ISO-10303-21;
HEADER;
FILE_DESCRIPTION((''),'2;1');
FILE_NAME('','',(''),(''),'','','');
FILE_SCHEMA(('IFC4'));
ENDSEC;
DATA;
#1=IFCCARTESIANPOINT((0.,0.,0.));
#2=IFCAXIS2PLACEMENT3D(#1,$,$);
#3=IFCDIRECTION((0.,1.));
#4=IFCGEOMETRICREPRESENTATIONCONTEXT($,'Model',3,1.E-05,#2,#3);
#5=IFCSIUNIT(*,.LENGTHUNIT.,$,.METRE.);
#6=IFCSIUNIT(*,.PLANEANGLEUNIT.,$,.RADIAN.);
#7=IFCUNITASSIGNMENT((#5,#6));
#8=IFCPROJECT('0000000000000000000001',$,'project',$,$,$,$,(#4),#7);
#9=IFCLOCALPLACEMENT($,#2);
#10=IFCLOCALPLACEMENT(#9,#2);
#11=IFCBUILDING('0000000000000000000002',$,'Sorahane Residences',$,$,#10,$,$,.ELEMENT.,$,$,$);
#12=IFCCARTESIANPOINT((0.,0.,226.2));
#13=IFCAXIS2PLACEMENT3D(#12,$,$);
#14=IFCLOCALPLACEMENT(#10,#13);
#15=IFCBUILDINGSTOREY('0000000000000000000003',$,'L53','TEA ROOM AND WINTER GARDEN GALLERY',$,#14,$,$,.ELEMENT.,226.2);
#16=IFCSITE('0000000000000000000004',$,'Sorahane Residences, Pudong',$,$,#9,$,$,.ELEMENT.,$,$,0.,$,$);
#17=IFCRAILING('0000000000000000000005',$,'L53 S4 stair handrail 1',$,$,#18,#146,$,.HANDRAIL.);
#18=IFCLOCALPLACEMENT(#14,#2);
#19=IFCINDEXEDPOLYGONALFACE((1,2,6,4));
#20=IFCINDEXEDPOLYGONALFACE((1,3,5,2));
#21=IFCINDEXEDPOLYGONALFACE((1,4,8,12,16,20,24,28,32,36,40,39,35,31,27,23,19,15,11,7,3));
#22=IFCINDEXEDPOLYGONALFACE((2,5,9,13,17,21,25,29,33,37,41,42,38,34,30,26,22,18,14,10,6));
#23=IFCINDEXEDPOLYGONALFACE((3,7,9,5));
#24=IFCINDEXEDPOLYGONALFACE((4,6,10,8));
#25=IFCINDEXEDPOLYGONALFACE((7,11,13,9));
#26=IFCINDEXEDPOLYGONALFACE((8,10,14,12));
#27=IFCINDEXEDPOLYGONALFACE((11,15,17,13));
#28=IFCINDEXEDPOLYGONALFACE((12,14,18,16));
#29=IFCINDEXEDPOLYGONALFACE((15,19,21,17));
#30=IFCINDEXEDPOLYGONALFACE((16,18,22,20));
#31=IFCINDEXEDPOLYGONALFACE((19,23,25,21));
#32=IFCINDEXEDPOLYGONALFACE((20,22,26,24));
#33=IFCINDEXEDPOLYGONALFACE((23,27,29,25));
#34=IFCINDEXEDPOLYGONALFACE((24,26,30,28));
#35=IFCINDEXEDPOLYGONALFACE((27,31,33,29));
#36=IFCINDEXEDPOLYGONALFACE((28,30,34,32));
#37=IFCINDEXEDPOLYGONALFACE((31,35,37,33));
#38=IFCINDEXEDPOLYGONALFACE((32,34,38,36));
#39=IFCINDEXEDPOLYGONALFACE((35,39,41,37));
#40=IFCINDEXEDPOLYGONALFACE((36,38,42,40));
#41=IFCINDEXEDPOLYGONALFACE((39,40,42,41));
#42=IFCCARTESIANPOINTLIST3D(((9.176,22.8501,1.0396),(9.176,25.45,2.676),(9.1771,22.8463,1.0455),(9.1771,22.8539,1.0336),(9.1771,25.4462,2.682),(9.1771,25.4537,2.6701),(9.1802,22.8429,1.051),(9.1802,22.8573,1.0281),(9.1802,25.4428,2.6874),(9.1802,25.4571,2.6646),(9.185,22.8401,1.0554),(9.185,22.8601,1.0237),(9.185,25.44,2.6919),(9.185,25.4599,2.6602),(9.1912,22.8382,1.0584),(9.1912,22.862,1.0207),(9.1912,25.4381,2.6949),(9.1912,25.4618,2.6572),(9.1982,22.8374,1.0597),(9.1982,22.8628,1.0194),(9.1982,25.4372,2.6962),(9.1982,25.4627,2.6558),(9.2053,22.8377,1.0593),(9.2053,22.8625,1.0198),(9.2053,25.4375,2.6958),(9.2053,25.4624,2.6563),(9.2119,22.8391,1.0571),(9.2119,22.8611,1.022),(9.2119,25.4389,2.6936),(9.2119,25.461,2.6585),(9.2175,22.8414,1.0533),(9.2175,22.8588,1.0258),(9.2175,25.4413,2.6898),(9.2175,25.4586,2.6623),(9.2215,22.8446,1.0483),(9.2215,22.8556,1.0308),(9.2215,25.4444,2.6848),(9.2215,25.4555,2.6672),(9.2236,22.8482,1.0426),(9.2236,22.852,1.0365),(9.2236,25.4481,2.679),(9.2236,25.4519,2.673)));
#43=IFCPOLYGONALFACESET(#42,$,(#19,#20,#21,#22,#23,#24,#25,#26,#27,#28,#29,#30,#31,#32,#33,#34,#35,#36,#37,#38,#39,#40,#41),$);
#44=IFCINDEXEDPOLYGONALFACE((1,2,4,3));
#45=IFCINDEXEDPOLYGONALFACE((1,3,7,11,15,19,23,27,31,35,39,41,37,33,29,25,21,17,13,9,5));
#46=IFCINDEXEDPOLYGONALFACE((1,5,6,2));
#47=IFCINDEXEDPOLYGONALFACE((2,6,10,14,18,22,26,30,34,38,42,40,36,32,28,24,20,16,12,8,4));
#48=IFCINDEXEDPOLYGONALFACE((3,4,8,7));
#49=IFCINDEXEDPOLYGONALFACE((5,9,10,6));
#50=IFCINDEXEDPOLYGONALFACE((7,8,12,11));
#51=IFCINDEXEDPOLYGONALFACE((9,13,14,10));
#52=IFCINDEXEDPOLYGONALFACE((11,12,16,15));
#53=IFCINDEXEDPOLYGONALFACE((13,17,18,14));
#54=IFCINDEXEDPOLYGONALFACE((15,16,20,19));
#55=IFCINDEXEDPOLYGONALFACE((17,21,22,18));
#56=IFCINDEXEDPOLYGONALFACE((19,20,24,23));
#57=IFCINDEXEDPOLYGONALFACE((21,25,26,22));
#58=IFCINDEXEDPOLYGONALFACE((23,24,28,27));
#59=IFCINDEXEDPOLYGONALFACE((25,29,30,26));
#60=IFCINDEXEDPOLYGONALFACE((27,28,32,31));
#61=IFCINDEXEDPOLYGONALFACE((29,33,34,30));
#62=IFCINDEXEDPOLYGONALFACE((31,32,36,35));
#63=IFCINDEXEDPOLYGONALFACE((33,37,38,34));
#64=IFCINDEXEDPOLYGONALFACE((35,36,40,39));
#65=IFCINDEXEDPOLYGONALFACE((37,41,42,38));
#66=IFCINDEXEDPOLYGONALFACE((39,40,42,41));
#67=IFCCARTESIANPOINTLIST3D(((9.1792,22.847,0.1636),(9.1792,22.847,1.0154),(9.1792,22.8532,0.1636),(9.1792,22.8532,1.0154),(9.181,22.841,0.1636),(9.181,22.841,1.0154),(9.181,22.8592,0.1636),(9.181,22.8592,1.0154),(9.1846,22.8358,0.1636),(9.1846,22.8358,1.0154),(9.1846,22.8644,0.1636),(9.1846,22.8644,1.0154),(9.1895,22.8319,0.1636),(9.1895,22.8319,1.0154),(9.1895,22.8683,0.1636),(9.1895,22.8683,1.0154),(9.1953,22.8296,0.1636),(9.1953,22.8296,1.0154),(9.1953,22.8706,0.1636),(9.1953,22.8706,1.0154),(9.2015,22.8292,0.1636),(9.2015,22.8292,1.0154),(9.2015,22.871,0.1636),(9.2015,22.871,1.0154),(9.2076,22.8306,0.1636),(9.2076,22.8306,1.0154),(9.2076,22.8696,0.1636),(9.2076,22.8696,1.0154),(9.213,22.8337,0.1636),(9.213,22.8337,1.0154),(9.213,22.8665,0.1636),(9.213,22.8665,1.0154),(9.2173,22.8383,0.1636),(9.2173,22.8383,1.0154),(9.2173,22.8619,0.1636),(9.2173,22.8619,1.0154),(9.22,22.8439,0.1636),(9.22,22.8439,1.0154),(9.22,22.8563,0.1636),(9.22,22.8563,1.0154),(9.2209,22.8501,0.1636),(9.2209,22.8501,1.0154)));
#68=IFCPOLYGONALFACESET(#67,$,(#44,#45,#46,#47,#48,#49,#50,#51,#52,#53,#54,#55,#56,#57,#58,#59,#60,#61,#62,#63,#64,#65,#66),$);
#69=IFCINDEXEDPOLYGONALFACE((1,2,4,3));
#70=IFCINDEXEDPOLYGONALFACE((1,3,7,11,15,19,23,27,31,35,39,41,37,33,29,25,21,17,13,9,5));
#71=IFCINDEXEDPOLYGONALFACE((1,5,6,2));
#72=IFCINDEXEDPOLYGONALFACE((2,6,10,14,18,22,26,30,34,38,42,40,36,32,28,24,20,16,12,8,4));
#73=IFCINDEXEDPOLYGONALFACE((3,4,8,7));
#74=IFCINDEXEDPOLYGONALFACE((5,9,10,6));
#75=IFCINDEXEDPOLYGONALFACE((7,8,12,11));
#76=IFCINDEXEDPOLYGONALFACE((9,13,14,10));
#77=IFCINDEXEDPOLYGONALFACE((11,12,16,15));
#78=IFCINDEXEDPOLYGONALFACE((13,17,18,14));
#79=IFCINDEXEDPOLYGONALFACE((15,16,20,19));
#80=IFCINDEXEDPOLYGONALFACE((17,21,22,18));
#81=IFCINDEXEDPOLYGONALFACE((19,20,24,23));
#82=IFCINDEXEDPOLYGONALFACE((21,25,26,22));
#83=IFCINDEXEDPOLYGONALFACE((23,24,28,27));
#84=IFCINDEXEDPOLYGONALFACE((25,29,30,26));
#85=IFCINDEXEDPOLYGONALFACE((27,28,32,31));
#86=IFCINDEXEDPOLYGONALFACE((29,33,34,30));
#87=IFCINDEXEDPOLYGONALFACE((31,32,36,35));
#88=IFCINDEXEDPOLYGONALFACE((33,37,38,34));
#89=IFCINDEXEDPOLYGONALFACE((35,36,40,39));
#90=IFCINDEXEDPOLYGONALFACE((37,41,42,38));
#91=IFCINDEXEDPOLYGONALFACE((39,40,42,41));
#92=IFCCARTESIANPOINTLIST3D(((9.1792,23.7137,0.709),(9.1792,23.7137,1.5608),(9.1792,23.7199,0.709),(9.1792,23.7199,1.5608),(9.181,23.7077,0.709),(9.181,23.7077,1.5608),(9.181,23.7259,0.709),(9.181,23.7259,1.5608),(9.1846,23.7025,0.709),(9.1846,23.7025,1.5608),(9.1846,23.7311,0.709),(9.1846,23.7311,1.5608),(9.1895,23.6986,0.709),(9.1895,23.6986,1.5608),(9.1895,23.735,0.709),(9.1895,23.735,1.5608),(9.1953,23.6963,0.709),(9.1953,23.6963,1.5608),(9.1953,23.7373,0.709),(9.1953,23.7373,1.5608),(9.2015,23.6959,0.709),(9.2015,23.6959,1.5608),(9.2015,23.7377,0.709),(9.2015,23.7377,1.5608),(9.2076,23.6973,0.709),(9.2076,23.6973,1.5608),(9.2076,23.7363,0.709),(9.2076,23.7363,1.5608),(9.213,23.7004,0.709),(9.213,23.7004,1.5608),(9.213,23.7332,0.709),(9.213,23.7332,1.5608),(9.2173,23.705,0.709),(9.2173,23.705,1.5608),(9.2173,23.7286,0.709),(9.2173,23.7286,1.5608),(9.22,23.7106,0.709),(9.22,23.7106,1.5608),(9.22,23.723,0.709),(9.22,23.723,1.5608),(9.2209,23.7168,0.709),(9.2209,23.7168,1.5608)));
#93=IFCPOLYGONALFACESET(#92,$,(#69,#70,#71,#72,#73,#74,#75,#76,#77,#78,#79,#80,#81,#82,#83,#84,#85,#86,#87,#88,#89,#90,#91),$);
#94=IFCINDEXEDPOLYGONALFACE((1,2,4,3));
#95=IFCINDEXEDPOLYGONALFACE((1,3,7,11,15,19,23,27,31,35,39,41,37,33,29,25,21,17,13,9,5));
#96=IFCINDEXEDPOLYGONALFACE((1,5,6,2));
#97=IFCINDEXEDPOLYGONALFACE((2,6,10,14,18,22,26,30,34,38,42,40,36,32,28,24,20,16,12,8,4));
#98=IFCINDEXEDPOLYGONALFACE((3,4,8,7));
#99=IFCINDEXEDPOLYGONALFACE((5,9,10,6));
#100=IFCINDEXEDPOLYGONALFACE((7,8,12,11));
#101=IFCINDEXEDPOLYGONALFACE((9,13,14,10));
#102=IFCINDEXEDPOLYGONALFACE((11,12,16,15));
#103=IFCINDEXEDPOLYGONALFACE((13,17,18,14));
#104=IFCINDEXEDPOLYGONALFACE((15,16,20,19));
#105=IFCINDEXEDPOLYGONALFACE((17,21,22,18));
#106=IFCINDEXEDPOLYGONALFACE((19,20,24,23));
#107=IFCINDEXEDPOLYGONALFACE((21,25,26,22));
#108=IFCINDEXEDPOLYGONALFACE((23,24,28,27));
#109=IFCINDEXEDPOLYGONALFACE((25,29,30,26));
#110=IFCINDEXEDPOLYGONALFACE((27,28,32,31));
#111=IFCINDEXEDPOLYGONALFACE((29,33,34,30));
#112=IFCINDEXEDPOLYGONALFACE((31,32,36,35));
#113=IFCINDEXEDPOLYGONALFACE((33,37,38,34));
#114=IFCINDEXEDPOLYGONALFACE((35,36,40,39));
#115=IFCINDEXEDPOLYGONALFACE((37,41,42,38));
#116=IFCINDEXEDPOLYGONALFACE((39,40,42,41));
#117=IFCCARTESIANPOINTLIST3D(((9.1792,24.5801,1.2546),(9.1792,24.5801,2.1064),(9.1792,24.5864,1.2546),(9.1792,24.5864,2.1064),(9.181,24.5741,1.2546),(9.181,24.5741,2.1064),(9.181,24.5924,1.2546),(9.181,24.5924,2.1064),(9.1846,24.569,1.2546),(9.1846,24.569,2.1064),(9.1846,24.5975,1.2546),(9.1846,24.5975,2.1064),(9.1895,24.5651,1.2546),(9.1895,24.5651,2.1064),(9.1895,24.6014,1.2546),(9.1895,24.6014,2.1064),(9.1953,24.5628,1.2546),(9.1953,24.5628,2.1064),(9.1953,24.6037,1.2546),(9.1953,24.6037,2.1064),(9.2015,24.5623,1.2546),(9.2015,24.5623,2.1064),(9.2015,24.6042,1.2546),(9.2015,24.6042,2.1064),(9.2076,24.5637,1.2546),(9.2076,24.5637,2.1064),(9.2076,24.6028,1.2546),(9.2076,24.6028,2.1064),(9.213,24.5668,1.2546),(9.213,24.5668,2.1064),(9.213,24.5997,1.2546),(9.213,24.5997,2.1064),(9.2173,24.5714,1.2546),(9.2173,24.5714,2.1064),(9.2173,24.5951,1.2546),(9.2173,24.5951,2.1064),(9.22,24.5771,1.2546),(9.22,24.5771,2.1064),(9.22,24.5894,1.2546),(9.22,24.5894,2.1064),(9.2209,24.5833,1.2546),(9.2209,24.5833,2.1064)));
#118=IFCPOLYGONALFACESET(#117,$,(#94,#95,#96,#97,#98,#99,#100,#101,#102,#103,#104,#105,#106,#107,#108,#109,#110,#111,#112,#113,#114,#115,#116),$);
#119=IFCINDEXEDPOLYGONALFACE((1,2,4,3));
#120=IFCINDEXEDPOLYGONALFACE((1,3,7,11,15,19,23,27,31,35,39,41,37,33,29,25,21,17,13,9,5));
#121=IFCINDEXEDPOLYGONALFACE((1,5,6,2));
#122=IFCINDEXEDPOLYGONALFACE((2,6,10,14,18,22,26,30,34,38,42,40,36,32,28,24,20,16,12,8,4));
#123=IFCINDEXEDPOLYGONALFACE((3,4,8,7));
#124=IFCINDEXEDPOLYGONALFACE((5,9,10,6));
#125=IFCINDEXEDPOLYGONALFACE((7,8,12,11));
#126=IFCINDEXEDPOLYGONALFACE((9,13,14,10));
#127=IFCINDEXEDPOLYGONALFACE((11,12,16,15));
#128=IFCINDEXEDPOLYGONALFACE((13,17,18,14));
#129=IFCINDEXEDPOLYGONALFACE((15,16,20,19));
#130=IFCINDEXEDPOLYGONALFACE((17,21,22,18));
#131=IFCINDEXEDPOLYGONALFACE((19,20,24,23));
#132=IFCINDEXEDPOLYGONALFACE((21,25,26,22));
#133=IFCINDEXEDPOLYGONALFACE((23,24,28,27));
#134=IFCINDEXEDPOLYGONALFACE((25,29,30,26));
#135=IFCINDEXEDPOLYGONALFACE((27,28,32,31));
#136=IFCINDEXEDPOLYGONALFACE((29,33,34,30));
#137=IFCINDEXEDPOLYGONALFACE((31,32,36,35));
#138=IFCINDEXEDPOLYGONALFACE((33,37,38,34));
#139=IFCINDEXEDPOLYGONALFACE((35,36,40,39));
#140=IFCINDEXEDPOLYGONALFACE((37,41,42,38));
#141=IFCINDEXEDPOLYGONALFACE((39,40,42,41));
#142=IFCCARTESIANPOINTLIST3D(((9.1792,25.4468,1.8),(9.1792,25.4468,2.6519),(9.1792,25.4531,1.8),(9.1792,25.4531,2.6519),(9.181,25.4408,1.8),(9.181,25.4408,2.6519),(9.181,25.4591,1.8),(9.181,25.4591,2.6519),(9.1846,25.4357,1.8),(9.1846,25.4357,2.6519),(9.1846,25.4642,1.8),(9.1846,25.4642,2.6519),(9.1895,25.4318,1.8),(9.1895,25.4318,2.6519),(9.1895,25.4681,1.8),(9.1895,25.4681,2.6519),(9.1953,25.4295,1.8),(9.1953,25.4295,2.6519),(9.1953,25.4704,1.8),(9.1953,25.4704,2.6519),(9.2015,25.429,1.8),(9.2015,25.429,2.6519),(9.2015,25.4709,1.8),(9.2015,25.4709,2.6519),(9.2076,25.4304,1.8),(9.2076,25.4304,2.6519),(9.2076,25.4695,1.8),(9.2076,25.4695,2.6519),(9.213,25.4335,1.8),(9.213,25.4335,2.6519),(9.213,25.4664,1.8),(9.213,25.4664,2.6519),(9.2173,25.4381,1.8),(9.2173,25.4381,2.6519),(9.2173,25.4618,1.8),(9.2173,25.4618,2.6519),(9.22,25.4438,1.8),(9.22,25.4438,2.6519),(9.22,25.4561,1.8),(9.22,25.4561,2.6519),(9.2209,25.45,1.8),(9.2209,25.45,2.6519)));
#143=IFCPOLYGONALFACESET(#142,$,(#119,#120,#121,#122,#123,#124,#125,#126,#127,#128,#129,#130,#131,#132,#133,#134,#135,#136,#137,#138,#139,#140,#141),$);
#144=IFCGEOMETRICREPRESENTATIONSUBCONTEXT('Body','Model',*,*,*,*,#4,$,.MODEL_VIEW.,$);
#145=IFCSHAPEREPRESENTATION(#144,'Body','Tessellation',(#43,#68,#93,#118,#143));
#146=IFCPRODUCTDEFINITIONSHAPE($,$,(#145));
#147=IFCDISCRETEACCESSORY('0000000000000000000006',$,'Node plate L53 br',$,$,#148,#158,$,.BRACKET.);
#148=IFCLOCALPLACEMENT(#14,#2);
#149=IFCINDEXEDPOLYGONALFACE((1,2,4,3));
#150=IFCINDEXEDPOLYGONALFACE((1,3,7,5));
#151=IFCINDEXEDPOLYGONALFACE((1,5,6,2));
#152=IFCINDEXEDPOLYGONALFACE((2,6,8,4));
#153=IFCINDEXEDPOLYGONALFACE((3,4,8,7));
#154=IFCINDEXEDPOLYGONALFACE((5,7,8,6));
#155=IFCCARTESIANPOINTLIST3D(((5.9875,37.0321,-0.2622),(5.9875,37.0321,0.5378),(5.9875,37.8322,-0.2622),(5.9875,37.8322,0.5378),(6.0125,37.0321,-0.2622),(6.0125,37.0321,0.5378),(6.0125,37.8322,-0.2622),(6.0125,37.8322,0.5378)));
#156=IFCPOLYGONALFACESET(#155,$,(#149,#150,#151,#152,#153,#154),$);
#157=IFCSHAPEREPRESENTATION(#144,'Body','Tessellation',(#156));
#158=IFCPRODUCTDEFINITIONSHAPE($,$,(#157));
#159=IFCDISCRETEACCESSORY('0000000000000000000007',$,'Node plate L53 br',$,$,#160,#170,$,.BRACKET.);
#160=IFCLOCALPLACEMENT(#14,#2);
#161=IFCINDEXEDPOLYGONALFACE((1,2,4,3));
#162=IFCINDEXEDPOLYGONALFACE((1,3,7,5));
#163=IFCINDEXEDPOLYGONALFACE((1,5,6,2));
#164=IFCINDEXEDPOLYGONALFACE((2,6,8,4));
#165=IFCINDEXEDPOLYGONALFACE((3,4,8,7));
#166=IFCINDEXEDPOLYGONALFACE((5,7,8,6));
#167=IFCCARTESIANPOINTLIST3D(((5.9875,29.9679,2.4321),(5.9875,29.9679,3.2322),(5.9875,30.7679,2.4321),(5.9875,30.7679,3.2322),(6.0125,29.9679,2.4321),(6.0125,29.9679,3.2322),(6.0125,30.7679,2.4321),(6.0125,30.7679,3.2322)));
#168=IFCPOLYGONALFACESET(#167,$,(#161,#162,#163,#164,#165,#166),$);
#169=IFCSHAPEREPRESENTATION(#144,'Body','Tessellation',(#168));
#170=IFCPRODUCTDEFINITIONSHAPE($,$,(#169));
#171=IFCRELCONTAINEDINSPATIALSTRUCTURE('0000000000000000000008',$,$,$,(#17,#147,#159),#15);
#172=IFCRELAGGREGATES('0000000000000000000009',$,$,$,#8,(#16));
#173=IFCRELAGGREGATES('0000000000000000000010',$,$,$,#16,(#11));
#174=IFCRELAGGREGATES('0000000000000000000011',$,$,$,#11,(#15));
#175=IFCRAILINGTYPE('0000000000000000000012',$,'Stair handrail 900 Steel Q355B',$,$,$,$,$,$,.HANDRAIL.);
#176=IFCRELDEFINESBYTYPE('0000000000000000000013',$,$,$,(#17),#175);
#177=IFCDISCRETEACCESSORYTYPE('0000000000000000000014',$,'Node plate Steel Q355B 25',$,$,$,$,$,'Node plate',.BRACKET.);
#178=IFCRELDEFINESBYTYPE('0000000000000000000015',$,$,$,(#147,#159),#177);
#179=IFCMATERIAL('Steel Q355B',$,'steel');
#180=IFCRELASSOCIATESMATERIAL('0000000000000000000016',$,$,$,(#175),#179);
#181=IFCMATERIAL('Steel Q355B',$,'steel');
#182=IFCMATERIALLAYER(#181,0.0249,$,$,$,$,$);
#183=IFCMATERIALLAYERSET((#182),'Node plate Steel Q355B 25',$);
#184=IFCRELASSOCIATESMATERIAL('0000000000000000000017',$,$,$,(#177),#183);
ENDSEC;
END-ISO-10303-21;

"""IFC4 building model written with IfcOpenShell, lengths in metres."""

from ifc_helpers import new_model, si_unit, direction, frame, origin, origin_2d, place, context, subcontext, project, spatial, rectangle, circle, extrude, material, layer, layer_set, type_object, element, save


model = new_model("IFC4")

# Units and contexts
model_context = context("Model", 3, precision=1e-05, world=origin(), true_north=direction((0.0, 1.0)))
body_context = subcontext(model_context, "Body", "Model", "MODEL_VIEW")
ifc_project = project(units=[si_unit("LENGTHUNIT", "METRE"), si_unit("PLANEANGLEUNIT", "RADIAN")], contexts=[model_context])

# Site, building, storey
site_placement = place(None, origin())
site = spatial("IfcSite", under=ifc_project, at=site_placement, Name="Sorahane Residences, Pudong", CompositionType="ELEMENT", RefElevation=0.0)
building_placement = place(site_placement, origin())
building = spatial("IfcBuilding", under=site, at=building_placement, Name="Sorahane Residences", CompositionType="ELEMENT")
storey_placement = place(building_placement, frame((0.0, 0.0, 226.2)))
storey = spatial("IfcBuildingStorey", under=building, at=storey_placement, Name="L53", Description="TEA ROOM AND WINTER GARDEN GALLERY", CompositionType="ELEMENT", Elevation=226.2)

# Railing
ifc_material_1 = material(Name="Steel Q355B", Category="steel")
railing_type_1 = type_object("IfcRailingType", Name="Stair handrail 900 Steel Q355B", PredefinedType="HANDRAIL", material=ifc_material_1)
railing_1_placement = place(storey_placement, frame((9.2, 22.8501, 0.1636)))
element("IfcRailing", 1, at=railing_1_placement, inside=storey, type_object=railing_type_1, Name="L53 S4 stair handrail 1", PredefinedType="HANDRAIL", context=body_context, shape_type="SweptSolid", body=[
    extrude(circle(Radius=0.0239, at=origin_2d()), frame((0.0, 0.0, 0.876), z_axis=(0.0, 0.846302, 0.532704), x_axis=(-1.0, 0.0, 0.0)), (0.0, 0.0, 1.0), 3.072),
    extrude(circle(Radius=0.021, at=origin_2d()), origin(), (0.0, 0.0, 1.0), 0.8518),
    extrude(circle(Radius=0.021, at=origin_2d()), frame((0.0, 0.8667, 0.5454)), (0.0, 0.0, 1.0), 0.8518),
    extrude(circle(Radius=0.021, at=origin_2d()), frame((0.0, 1.7332, 1.0911)), (0.0, 0.0, 1.0), 0.8518),
    extrude(circle(Radius=0.021, at=origin_2d()), frame((0.0, 2.5999, 1.6365)), (0.0, 0.0, 1.0), 0.8518),
])

# Discrete accessories
ifc_material_2 = material(Name="Steel Q355B", Category="steel")
ifc_layer_1 = layer(ifc_material_2, 0.0249)
ifc_layer_set_1 = layer_set([ifc_layer_1], Name="Node plate Steel Q355B 25")
discrete_accessory_type = type_object("IfcDiscreteAccessoryType", Name="Node plate Steel Q355B 25", ElementType="Node plate", PredefinedType="BRACKET", material=ifc_layer_set_1)
for number, where, z_axis, x_axis, name in (
    (2, (6.0, 37.4321, -0.2622), (0.0, 0.0, 1.0), (0.0, 1.0, 0.0), "Node plate L53 br"),
    (3, (6.0, 30.3679, 2.4321), (0.0, 0.0, 1.0), (0.0, 1.0, 0.0), "Node plate L53 br"),
):
    element("IfcDiscreteAccessory", number, at=place(storey_placement, frame(where, z_axis=z_axis, x_axis=x_axis)), inside=storey, type_object=discrete_accessory_type, Name=name, PredefinedType="BRACKET", context=body_context, shape_type="SweptSolid", body=[
        extrude(rectangle(XDim=0.8, YDim=0.0249, at=origin_2d()), origin(), (0.0, 0.0, 1.0), 0.8),
    ])

save(model, "model.ifc")
